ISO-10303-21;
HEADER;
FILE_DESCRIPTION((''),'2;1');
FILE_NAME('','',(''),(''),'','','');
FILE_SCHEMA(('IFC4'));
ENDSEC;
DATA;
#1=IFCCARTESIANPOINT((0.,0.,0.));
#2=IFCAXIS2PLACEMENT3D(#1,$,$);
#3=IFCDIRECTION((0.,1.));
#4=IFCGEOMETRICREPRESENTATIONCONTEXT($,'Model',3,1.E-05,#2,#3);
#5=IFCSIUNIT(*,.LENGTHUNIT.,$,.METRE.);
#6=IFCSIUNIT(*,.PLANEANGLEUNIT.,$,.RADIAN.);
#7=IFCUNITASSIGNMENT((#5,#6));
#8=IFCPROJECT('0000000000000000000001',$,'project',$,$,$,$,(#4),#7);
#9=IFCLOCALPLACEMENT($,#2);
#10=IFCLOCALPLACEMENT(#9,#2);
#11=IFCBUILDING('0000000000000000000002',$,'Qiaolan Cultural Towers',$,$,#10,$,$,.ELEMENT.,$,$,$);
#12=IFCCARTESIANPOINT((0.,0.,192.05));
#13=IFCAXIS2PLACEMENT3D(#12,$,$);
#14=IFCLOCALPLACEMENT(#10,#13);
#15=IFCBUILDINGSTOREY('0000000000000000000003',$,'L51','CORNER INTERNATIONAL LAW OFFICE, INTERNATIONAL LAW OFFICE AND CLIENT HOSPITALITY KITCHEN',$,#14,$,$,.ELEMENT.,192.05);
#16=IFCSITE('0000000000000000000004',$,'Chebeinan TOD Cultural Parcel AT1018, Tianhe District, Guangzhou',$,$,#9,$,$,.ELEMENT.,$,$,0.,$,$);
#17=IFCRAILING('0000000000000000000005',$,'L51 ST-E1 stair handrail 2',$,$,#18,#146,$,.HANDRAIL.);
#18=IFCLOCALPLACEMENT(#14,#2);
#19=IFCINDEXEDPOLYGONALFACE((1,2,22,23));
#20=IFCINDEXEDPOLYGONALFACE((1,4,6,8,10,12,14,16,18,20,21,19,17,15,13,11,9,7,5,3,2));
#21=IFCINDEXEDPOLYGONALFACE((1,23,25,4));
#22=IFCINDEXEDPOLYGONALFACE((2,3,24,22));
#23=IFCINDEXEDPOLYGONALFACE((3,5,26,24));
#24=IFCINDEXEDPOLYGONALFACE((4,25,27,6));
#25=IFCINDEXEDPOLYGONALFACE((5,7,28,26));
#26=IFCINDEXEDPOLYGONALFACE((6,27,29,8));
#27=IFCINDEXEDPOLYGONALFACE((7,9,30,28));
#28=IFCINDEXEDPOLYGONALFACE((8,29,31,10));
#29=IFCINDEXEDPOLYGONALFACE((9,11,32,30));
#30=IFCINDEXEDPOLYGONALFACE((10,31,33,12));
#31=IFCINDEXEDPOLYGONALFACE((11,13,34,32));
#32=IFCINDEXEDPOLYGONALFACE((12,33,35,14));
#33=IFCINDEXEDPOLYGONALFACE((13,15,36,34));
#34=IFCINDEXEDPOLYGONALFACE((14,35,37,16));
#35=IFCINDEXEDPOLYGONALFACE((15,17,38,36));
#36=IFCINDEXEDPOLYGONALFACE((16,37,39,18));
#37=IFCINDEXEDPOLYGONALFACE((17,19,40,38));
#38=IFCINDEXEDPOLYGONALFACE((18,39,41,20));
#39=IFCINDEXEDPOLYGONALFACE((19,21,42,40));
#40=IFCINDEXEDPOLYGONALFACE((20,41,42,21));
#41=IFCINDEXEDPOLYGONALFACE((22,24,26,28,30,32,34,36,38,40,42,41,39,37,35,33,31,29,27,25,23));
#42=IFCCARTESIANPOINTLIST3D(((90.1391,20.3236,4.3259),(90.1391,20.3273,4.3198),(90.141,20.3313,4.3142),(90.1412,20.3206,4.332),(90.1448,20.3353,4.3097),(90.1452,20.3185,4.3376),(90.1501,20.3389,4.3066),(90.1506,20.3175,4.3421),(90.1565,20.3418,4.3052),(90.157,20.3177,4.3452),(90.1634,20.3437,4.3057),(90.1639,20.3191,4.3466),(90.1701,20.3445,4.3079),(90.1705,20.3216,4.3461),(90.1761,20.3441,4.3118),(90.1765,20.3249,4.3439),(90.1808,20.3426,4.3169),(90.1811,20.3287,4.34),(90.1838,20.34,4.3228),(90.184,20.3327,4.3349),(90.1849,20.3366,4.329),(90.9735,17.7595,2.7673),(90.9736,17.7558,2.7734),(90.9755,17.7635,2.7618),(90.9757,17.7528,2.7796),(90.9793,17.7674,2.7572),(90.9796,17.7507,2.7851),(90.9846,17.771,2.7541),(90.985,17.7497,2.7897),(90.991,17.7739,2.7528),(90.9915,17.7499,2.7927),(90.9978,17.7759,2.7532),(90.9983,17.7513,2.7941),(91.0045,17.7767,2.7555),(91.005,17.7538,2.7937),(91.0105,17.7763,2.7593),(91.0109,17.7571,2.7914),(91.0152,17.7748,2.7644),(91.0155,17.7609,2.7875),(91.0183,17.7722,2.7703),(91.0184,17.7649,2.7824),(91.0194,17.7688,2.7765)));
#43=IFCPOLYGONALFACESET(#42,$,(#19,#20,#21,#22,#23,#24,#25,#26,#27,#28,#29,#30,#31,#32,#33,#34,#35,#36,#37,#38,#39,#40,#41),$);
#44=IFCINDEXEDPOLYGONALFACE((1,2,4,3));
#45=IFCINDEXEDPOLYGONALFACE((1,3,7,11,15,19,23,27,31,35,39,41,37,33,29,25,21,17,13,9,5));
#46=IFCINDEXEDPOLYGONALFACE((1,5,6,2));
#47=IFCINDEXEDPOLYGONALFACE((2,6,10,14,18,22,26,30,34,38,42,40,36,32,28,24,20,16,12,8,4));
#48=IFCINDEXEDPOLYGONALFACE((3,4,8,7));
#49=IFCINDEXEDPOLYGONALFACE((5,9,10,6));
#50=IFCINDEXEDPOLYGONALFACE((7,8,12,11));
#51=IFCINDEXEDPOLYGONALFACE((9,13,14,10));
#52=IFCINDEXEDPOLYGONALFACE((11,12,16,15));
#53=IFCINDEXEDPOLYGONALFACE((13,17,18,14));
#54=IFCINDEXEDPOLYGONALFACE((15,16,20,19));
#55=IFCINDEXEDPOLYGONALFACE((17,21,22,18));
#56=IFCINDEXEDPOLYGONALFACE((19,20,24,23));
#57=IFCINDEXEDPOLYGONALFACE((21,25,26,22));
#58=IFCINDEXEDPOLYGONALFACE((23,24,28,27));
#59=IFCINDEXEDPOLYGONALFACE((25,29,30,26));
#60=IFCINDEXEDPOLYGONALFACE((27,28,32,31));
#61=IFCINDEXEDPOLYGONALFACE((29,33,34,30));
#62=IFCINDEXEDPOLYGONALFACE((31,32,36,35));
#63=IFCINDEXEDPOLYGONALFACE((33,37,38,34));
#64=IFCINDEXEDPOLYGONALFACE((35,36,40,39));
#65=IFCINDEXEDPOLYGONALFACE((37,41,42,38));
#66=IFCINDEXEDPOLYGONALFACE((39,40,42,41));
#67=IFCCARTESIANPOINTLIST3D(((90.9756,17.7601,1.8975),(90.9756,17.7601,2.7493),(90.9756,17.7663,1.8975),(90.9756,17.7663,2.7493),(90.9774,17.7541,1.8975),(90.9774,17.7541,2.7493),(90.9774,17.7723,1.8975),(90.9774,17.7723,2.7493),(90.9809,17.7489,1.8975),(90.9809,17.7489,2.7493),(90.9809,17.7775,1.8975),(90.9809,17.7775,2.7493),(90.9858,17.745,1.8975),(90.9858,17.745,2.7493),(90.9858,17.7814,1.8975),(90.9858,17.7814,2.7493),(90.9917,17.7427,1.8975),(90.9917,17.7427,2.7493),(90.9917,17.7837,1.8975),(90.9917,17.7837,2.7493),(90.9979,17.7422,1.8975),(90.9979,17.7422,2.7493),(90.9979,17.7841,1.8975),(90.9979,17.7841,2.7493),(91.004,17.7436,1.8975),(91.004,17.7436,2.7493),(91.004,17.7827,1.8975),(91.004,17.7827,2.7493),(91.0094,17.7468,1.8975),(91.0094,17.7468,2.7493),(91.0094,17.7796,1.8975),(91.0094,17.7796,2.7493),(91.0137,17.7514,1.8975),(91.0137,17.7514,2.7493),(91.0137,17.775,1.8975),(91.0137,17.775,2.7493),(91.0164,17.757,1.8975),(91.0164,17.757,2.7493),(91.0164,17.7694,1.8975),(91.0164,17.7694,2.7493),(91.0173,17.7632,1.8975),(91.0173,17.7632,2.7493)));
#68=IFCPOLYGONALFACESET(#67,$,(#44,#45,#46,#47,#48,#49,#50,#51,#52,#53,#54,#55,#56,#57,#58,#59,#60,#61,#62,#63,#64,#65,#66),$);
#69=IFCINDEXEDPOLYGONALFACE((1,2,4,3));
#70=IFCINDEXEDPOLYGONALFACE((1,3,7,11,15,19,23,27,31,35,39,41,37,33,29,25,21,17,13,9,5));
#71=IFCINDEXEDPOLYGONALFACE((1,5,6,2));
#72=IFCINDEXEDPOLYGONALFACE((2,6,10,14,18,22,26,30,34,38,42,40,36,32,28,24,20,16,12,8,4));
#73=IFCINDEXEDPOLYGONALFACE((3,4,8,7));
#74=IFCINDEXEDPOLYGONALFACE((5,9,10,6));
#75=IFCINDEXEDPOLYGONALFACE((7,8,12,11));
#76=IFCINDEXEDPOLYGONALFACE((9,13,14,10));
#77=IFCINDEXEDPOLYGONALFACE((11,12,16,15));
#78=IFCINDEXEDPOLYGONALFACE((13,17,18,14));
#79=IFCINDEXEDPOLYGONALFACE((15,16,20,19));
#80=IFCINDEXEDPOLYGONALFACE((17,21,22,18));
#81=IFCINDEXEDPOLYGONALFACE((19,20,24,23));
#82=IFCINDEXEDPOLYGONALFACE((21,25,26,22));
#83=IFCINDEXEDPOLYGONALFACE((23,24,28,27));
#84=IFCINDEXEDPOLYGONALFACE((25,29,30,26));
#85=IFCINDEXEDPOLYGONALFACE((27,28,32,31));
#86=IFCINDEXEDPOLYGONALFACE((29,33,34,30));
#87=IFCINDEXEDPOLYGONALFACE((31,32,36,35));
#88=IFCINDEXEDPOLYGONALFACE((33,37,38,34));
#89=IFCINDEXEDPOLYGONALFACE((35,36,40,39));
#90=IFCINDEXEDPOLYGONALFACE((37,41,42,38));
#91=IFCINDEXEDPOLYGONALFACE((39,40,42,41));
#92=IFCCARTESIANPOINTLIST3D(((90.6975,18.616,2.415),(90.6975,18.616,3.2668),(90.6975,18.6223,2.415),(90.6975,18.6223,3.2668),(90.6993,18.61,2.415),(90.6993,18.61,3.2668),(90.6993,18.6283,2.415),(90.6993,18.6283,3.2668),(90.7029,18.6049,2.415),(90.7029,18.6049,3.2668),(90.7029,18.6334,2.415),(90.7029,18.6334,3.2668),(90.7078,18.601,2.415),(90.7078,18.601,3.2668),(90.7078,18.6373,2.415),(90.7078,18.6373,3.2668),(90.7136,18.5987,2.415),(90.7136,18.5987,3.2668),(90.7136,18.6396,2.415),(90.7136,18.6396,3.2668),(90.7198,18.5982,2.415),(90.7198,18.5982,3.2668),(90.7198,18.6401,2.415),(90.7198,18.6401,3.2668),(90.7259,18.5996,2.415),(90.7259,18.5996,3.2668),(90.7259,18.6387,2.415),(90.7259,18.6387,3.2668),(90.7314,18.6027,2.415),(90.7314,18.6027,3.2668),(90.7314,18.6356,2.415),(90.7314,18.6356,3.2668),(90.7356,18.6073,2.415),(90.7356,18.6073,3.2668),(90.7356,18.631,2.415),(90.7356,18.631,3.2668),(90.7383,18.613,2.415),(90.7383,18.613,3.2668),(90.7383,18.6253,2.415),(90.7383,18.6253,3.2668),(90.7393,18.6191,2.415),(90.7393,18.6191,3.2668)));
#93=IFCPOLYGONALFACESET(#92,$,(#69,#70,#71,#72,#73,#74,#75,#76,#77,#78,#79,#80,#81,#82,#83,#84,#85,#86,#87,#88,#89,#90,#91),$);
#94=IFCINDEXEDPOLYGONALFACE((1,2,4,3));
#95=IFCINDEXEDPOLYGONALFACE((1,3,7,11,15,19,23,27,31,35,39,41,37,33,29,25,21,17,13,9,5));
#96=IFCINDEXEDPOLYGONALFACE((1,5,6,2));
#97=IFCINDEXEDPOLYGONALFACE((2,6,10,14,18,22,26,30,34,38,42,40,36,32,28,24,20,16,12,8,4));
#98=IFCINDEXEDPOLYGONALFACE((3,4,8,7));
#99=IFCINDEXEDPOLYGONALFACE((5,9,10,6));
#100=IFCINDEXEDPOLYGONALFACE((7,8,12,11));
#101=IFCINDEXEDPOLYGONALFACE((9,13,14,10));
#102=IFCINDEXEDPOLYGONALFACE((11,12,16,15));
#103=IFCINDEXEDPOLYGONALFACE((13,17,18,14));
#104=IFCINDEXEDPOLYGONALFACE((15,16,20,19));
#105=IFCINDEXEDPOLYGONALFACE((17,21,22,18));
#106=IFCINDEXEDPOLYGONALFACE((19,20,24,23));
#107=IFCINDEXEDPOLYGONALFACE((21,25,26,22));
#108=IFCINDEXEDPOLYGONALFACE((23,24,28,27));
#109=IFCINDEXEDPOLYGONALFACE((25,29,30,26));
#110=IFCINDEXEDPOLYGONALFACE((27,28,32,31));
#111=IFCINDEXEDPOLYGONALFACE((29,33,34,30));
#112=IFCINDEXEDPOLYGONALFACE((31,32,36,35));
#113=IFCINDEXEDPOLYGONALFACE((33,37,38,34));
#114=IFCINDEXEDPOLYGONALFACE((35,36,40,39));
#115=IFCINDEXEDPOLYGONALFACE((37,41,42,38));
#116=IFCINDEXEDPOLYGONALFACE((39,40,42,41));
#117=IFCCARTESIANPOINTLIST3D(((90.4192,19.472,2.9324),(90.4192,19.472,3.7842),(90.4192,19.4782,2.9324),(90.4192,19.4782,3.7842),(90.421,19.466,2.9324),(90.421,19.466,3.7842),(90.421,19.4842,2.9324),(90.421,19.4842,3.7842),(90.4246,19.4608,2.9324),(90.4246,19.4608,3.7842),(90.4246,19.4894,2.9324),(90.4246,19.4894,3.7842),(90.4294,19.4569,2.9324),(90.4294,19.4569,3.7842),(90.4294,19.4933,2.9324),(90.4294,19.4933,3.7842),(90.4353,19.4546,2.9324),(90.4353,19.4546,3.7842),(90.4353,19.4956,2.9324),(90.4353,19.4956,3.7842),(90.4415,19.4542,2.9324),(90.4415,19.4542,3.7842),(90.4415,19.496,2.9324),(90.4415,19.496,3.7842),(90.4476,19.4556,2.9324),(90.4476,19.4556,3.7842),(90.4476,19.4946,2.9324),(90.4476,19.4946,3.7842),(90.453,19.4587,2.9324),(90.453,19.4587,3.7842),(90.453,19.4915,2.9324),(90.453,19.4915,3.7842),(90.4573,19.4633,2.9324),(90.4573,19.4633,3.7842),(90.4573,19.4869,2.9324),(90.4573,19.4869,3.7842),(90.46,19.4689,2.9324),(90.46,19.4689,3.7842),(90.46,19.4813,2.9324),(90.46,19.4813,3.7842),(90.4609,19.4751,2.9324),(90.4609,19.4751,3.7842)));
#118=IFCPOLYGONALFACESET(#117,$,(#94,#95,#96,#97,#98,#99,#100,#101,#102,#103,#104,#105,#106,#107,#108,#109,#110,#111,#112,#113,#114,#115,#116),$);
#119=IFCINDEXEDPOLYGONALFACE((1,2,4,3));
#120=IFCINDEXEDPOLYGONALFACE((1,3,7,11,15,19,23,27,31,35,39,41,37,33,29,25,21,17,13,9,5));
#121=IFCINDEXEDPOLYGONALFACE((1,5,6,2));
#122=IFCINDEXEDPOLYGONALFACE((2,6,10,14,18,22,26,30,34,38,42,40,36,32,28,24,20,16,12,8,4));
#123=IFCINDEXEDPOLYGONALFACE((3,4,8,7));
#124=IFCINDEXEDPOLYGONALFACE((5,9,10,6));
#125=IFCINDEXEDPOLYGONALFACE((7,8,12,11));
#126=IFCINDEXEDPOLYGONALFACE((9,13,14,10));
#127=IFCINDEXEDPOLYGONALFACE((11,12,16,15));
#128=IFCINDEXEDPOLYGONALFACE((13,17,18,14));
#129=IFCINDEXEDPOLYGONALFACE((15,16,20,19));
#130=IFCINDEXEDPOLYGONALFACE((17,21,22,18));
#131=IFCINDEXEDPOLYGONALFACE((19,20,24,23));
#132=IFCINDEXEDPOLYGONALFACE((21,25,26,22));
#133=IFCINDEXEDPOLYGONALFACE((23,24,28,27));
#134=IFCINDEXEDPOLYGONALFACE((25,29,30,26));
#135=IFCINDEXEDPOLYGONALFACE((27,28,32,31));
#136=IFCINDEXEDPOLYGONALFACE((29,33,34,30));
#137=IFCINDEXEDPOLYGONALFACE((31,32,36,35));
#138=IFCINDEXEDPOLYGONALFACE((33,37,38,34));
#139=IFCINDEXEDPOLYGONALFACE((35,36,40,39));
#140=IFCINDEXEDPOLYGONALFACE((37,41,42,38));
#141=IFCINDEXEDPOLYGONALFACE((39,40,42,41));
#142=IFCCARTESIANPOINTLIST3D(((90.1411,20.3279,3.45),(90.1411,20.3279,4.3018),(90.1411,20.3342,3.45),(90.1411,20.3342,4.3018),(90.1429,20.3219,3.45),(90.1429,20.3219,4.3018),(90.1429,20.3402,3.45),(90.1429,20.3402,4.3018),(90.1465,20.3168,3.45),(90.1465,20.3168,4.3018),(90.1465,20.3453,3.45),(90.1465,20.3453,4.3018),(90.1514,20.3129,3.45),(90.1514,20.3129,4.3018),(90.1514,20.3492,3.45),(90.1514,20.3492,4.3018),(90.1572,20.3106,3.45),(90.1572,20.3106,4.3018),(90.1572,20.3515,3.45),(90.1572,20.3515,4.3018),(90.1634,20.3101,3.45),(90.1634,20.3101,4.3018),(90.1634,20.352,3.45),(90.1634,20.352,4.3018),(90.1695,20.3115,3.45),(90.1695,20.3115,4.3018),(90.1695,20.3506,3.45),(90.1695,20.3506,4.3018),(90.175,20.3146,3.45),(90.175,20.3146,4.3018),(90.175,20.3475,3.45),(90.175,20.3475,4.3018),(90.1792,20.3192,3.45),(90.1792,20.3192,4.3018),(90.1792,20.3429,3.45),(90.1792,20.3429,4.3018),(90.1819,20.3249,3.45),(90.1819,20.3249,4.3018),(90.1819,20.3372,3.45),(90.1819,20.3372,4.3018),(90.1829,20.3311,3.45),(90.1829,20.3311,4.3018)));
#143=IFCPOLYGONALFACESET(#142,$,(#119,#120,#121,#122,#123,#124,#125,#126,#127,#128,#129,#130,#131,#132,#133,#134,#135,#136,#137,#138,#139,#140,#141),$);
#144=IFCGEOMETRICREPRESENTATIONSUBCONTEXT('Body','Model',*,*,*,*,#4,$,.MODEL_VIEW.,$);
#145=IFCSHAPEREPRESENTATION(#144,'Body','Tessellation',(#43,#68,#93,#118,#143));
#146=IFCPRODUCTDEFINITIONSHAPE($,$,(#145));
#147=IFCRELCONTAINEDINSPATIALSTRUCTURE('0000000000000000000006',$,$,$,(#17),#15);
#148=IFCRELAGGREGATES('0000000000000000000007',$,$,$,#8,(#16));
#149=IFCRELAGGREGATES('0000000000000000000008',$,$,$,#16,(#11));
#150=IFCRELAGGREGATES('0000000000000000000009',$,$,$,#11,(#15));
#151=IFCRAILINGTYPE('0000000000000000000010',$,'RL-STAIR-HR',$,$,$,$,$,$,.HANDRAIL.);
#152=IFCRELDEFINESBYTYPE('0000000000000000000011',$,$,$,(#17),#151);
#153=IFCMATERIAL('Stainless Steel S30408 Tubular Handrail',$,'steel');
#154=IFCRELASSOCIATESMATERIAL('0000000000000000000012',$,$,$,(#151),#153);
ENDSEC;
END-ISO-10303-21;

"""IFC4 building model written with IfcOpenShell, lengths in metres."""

from ifc_helpers import new_model, si_unit, direction, frame, origin, origin_2d, place, context, subcontext, project, spatial, circle, extrude, material, type_object, element, save


model = new_model("IFC4")

# Units and contexts
model_context = context("Model", 3, precision=1e-05, world=origin(), true_north=direction((0.0, 1.0)))
body_context = subcontext(model_context, "Body", "Model", "MODEL_VIEW")
ifc_project = project(units=[si_unit("LENGTHUNIT", "METRE"), si_unit("PLANEANGLEUNIT", "RADIAN")], contexts=[model_context])

# Site, building, storey
site_placement = place(None, origin())
site = spatial("IfcSite", under=ifc_project, at=site_placement, Name="Chebeinan TOD Cultural Parcel AT1018, Tianhe District, Guangzhou", CompositionType="ELEMENT", RefElevation=0.0)
building_placement = place(site_placement, origin())
building = spatial("IfcBuilding", under=site, at=building_placement, Name="Qiaolan Cultural Towers", CompositionType="ELEMENT")
storey_placement = place(building_placement, frame((0.0, 0.0, 192.05)))
storey = spatial("IfcBuildingStorey", under=building, at=storey_placement, Name="L51", Description="CORNER INTERNATIONAL LAW OFFICE, INTERNATIONAL LAW OFFICE AND CLIENT HOSPITALITY KITCHEN", CompositionType="ELEMENT", Elevation=192.05)

# Railing
ifc_material_1 = material(Name="Stainless Steel S30408 Tubular Handrail", Category="steel")
railing_type = type_object("IfcRailingType", Name="RL-STAIR-HR", PredefinedType="HANDRAIL", material=ifc_material_1)
railing_placement = place(storey_placement, frame((90.9963, 17.7632, 1.8975)))
element("IfcRailing", 1, at=railing_placement, inside=storey, type_object=railing_type, Name="L51 ST-E1 stair handrail 2", PredefinedType="HANDRAIL", context=body_context, shape_type="SweptSolid", body=[
    extrude(circle(Radius=0.0239, at=origin_2d()), frame((0.0, 0.0, 0.876), z_axis=(-0.267926, 0.824471, 0.498461), x_axis=(-0.951043, -0.309057, 0.0)), (0.0, 0.0, 1.0), 3.1145),
    extrude(circle(Radius=0.021, at=origin_2d()), origin(), (0.0, 0.0, 1.0), 0.8518),
    extrude(circle(Radius=0.021, at=origin_2d()), frame((-0.2781, 0.856, 0.5176)), (0.0, 0.0, 1.0), 0.8518),
    extrude(circle(Radius=0.021, at=origin_2d()), frame((-0.5564, 1.7119, 1.0349)), (0.0, 0.0, 1.0), 0.8518),
    extrude(circle(Radius=0.021, at=origin_2d()), frame((-0.8345, 2.5679, 1.5525)), (0.0, 0.0, 1.0), 0.8518),
])

save(model, "model.ifc")
